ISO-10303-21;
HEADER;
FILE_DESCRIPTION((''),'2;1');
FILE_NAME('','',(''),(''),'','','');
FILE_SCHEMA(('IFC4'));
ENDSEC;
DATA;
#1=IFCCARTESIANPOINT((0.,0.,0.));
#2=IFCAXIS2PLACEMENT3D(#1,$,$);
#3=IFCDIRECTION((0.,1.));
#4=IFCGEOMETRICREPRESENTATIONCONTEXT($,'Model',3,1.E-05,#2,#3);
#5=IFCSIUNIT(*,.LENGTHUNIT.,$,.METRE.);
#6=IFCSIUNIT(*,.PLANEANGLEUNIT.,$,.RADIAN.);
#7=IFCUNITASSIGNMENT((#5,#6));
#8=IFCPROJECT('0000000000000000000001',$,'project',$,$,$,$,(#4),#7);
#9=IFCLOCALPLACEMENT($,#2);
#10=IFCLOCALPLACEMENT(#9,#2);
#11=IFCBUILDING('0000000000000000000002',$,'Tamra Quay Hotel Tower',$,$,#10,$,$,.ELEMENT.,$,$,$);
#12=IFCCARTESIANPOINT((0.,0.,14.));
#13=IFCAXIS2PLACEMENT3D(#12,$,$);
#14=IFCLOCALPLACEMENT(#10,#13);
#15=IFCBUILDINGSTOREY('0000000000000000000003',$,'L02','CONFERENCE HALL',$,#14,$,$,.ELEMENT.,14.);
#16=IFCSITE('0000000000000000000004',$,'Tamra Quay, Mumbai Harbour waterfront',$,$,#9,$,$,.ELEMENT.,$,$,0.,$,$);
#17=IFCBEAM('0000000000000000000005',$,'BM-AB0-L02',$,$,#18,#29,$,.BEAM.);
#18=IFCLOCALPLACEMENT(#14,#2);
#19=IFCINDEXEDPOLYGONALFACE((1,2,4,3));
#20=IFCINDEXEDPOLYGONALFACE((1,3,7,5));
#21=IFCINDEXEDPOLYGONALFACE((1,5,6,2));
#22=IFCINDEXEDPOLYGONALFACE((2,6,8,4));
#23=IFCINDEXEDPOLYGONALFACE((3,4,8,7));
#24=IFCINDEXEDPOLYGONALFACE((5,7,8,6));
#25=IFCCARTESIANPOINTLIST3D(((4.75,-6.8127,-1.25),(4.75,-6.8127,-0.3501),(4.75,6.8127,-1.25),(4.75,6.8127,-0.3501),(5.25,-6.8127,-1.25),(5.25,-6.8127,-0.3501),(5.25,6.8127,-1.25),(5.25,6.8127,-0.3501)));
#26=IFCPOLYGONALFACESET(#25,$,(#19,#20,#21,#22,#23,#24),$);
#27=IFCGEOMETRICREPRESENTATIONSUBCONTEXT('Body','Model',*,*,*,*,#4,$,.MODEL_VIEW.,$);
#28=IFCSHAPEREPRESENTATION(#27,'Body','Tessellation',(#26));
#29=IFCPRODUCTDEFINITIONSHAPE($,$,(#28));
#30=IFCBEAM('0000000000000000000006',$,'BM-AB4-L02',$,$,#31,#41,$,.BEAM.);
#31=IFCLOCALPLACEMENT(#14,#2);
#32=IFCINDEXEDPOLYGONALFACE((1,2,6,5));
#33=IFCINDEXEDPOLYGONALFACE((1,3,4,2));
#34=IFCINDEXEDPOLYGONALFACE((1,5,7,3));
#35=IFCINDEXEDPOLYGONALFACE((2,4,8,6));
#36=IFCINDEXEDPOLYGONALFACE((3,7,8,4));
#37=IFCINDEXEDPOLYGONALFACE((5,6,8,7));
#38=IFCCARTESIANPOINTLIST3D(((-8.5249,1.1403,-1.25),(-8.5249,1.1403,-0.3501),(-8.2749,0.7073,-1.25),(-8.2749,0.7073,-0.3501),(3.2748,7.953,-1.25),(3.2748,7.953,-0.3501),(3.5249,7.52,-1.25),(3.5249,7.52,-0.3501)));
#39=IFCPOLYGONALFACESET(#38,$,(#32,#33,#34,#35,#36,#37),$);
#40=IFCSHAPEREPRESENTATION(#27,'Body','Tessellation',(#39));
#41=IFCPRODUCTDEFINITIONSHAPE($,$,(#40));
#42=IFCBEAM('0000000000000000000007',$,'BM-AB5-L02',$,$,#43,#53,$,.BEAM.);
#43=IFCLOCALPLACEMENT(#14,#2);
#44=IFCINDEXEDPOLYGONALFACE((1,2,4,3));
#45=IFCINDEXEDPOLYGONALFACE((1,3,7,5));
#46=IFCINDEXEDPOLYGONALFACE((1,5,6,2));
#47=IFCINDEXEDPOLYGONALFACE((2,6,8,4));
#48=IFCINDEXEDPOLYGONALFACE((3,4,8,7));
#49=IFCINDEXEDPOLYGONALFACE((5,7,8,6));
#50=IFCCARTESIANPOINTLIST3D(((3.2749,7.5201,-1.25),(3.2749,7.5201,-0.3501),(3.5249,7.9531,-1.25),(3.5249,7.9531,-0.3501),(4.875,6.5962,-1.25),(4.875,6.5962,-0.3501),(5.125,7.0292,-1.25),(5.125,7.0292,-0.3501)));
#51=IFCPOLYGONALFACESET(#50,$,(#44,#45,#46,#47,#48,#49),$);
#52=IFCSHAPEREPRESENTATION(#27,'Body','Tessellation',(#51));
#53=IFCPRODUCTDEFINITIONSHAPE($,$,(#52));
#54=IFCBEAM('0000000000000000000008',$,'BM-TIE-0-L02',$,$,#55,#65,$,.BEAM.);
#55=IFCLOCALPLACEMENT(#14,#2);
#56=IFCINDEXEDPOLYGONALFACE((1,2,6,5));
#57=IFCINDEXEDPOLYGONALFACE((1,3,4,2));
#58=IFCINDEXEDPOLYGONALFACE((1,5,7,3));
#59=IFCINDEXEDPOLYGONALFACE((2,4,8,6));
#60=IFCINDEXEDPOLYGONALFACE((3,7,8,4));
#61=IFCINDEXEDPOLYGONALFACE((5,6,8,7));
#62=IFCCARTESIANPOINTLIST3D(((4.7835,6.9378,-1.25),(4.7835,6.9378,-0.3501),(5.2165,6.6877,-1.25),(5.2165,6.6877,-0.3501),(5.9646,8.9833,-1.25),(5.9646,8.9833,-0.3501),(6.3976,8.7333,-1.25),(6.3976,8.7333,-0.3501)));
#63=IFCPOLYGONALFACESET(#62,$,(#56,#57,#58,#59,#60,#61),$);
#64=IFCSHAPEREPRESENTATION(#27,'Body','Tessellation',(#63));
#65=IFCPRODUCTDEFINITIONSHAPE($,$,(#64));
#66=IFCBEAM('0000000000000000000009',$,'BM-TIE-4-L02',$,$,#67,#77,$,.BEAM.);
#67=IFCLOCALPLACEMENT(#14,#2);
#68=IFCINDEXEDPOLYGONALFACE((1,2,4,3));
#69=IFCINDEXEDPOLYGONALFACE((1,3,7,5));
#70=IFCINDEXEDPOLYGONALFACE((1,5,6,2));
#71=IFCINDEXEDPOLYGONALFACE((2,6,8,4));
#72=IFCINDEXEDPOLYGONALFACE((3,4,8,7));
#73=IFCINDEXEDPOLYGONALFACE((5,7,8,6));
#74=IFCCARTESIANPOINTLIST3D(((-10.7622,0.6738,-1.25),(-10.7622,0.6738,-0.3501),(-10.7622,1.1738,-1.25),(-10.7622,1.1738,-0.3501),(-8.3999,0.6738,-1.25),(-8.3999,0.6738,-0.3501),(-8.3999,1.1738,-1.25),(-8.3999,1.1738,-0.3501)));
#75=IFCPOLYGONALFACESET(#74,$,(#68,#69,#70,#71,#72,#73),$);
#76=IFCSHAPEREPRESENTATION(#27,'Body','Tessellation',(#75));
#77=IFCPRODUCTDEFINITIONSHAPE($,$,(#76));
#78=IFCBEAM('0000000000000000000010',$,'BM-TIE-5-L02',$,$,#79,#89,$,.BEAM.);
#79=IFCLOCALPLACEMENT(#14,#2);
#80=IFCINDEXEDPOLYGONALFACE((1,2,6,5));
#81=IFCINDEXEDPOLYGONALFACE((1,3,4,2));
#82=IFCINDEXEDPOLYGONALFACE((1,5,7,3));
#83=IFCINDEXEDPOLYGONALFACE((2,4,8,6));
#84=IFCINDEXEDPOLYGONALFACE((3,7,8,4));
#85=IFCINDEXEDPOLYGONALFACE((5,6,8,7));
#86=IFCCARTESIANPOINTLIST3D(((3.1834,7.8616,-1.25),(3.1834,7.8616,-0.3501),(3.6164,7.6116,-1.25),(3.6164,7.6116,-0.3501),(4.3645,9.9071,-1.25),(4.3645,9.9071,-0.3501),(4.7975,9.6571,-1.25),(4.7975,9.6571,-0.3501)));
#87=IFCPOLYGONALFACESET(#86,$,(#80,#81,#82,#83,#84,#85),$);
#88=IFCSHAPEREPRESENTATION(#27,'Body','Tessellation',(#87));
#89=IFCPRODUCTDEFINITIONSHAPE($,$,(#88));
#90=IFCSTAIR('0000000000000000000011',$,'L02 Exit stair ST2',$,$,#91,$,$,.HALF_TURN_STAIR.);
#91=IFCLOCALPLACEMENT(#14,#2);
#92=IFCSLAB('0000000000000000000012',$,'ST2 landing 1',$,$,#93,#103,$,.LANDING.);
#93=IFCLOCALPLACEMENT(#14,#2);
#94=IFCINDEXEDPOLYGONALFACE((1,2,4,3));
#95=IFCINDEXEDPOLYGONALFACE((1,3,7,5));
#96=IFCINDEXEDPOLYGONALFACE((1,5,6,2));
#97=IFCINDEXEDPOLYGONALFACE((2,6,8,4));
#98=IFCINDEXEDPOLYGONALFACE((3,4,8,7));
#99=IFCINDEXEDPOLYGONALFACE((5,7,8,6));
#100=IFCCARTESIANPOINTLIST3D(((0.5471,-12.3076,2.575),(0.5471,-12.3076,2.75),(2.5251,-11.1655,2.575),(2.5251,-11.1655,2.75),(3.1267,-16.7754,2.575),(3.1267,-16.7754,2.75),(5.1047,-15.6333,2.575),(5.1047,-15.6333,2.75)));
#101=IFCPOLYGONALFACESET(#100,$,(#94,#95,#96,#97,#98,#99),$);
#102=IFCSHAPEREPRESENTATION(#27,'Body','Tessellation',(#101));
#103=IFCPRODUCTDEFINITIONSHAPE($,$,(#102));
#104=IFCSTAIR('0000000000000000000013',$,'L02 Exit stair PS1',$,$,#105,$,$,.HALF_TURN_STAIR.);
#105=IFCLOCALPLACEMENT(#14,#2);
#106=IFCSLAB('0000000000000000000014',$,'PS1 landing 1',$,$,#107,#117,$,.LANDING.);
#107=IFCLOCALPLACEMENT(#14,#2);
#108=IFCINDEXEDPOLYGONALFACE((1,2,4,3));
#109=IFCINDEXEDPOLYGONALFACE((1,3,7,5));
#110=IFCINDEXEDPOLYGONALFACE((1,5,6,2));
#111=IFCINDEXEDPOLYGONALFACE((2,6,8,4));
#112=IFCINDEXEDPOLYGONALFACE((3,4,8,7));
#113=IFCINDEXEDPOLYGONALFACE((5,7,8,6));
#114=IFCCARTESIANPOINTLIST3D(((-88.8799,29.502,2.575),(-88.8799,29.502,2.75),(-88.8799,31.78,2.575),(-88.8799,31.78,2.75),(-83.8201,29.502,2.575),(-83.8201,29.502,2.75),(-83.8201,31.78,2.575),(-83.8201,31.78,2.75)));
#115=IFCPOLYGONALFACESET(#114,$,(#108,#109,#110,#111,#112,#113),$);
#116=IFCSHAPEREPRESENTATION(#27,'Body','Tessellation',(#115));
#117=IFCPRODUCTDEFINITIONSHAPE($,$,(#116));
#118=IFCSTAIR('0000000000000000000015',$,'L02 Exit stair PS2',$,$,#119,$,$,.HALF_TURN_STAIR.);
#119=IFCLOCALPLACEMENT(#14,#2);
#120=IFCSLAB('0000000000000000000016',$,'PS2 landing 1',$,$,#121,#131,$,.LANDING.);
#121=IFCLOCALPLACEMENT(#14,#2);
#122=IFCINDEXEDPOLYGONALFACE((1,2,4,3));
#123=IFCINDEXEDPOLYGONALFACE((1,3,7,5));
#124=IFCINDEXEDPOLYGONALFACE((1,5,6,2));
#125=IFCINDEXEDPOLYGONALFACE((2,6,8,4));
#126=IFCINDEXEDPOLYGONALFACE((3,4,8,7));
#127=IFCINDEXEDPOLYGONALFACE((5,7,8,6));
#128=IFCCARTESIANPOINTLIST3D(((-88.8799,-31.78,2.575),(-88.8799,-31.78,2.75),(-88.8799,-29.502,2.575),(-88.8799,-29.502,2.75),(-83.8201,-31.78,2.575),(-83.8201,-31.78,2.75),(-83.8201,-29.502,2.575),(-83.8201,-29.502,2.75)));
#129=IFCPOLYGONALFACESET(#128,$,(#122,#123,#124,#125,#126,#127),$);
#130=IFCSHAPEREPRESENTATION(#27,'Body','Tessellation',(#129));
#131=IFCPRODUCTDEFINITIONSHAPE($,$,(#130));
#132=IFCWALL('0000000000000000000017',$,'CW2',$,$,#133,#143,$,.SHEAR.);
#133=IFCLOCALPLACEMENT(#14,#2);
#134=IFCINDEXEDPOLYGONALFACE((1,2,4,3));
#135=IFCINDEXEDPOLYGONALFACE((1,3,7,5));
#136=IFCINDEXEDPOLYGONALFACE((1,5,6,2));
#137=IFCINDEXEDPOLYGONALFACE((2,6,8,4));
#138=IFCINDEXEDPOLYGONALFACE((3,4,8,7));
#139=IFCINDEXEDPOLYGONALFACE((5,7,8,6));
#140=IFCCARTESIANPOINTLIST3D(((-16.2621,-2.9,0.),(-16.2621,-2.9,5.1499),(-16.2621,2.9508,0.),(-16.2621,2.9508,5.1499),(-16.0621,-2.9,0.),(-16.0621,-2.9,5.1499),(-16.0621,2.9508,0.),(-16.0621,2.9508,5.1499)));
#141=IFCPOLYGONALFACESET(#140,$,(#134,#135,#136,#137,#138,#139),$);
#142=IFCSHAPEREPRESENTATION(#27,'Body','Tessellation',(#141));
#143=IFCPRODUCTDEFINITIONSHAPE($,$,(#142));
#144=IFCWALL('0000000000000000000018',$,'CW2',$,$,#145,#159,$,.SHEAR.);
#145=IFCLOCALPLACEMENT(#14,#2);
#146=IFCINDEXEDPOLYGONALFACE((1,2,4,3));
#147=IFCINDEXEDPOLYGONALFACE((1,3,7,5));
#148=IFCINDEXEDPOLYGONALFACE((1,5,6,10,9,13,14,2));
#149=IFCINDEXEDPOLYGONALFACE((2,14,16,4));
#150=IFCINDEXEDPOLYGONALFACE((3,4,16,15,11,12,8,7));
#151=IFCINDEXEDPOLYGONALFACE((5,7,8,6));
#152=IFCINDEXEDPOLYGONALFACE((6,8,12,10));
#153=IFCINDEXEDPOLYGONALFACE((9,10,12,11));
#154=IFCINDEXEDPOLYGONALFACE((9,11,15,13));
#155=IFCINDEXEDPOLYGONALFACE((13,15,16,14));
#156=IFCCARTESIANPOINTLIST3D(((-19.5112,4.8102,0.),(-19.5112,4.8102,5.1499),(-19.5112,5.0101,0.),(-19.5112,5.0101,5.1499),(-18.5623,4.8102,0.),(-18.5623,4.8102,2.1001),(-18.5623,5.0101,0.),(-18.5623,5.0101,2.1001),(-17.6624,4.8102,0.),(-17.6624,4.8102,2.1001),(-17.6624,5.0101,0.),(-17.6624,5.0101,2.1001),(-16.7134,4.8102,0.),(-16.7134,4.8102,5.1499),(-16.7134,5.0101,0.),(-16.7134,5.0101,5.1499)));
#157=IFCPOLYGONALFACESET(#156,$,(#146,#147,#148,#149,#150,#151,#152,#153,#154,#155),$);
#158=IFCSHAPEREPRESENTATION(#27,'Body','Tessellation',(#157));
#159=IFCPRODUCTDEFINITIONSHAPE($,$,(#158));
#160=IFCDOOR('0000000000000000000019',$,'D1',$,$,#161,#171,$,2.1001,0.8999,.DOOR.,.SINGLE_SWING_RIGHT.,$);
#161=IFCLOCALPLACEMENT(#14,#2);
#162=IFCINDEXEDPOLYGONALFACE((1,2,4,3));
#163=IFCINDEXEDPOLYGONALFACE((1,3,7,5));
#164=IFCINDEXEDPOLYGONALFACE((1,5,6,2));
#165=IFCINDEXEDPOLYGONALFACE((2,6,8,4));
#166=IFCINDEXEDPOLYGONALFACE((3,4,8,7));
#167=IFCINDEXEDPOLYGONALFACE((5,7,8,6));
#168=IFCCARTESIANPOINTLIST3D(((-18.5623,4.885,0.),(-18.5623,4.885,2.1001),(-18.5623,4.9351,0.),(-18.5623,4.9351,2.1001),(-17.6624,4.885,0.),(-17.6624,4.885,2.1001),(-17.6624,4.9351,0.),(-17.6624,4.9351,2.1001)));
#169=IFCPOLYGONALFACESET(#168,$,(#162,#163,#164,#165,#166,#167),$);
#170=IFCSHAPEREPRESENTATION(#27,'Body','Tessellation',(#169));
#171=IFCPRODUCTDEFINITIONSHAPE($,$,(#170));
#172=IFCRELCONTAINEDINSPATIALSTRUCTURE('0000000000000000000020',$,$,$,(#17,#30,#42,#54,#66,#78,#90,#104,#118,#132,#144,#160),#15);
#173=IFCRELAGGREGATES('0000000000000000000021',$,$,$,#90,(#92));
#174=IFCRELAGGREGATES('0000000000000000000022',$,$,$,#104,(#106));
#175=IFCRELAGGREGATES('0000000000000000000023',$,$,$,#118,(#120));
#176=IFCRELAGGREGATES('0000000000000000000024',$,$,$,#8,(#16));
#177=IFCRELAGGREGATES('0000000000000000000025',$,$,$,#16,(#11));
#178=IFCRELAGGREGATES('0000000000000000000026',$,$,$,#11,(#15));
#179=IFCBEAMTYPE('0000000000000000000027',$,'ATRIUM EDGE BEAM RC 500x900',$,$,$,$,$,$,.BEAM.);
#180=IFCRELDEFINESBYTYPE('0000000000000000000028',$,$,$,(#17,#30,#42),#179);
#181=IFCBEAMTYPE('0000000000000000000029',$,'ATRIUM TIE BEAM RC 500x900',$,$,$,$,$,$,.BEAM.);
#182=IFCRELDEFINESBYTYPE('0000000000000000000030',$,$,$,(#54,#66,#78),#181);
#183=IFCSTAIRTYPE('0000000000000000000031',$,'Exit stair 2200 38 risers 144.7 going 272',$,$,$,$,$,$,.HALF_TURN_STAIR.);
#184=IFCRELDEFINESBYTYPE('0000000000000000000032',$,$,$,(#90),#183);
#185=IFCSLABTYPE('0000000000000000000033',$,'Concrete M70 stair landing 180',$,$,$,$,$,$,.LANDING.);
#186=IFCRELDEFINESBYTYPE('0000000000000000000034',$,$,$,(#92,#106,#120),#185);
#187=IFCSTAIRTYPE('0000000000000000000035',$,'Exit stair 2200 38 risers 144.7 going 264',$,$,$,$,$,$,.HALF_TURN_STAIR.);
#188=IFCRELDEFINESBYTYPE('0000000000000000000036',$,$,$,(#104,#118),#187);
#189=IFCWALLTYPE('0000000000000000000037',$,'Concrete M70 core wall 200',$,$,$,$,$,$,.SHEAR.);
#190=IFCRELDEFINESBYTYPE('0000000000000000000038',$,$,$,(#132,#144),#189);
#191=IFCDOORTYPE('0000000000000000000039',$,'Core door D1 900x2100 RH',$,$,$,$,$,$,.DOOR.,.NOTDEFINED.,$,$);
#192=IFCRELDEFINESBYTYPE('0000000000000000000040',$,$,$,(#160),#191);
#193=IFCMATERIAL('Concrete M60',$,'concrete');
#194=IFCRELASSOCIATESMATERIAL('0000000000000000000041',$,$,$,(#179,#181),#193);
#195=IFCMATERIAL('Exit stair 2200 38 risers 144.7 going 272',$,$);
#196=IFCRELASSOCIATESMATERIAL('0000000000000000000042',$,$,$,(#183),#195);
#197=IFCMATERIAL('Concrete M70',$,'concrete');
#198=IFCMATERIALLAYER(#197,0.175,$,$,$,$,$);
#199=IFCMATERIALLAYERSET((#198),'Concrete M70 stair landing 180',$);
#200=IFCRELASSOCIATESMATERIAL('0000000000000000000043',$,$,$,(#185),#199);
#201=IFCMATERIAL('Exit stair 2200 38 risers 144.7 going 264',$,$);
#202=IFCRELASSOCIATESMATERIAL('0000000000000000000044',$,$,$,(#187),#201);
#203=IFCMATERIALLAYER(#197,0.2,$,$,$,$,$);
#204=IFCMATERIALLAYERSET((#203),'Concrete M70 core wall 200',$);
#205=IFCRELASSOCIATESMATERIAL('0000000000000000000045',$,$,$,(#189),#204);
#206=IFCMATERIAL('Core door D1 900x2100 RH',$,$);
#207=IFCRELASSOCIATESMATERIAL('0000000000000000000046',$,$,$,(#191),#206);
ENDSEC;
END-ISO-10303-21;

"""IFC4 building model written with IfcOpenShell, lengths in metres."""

from ifc_helpers import new_model, si_unit, direction, frame, frame_2d, origin, origin_2d, place, context, subcontext, project, spatial, polyline, rectangle, outline, extrude, material, layer, layer_set, material_profile, profile_set, type_object, element, fill, aggregate, save


model = new_model("IFC4")

# Units and contexts
model_context = context("Model", 3, precision=1e-05, world=origin(), true_north=direction((0.0, 1.0)))
body_context = subcontext(model_context, "Body", "Model", "MODEL_VIEW")
ifc_project = project(units=[si_unit("LENGTHUNIT", "METRE"), si_unit("PLANEANGLEUNIT", "RADIAN")], contexts=[model_context])

# Site, building, storey
site_placement = place(None, origin())
site = spatial("IfcSite", under=ifc_project, at=site_placement, Name="Tamra Quay, Mumbai Harbour waterfront", CompositionType="ELEMENT", RefElevation=0.0)
building_placement = place(site_placement, origin())
building = spatial("IfcBuilding", under=site, at=building_placement, Name="Tamra Quay Hotel Tower", CompositionType="ELEMENT")
storey_placement = place(building_placement, frame((0.0, 0.0, 14.0)))
storey = spatial("IfcBuildingStorey", under=building, at=storey_placement, Name="L02", Description="CONFERENCE HALL", CompositionType="ELEMENT", Elevation=14.0)

# Beams
ifc_material_1 = material(Name="Concrete M60", Category="concrete")
ifc_material_profile_1 = material_profile(ifc_material_1, rectangle(XDim=0.5, YDim=0.8999, at=origin_2d()), Name="ATRIUM EDGE BEAM RC 500x900")
ifc_profile_set_1 = profile_set([ifc_material_profile_1], Name="Concrete M60")
beam_type_1 = type_object("IfcBeamType", Name="ATRIUM EDGE BEAM RC 500x900", PredefinedType="BEAM", material=ifc_profile_set_1)
beam_1_placement = place(storey_placement, frame((5.0, 6.8127, -0.8), z_axis=(0.0, -1.0, 0.0), x_axis=(1.0, 0.0, 0.0)))
element("IfcBeam", 1, at=beam_1_placement, inside=storey, type_object=beam_type_1, Name="BM-AB0-L02", PredefinedType="BEAM", context=body_context, shape_type="SweptSolid", body=[
    extrude(rectangle(XDim=0.5, YDim=0.8999, at=origin_2d()), origin(), (0.0, 0.0, 1.0), 13.6255),
])
beam_2_placement = place(storey_placement, frame((-8.3999, 0.9238, -0.8), z_axis=(0.866021, 0.500007, 0.0), x_axis=(-0.500007, 0.866021, 0.0)))
element("IfcBeam", 2, at=beam_2_placement, inside=storey, type_object=beam_type_1, Name="BM-AB4-L02", PredefinedType="BEAM", context=body_context, shape_type="SweptSolid", body=[
    extrude(rectangle(XDim=0.5, YDim=0.8999, at=origin_2d()), origin(), (0.0, 0.0, 1.0), 13.6252),
])
beam_3_placement = place(storey_placement, frame((3.3999, 7.7366, -0.8), z_axis=(0.866023, -0.500005, 0.0), x_axis=(0.500005, 0.866023, 0.0)))
element("IfcBeam", 3, at=beam_3_placement, inside=storey, type_object=beam_type_1, Name="BM-AB5-L02", PredefinedType="BEAM", context=body_context, shape_type="SweptSolid", body=[
    extrude(rectangle(XDim=0.5, YDim=0.8999, at=origin_2d()), origin(), (0.0, 0.0, 1.0), 1.8477),
])
ifc_material_profile_2 = material_profile(ifc_material_1, rectangle(XDim=0.5, YDim=0.8999, at=origin_2d()), Name="ATRIUM TIE BEAM RC 500x900")
ifc_profile_set_2 = profile_set([ifc_material_profile_2], Name="Concrete M60")
beam_type_2 = type_object("IfcBeamType", Name="ATRIUM TIE BEAM RC 500x900", PredefinedType="BEAM", material=ifc_profile_set_2)
beam_4_placement = place(storey_placement, frame((5.0, 6.8127, -0.8), z_axis=(0.50003, 0.866008, 0.0), x_axis=(-0.866008, 0.50003, 0.0)))
element("IfcBeam", 4, at=beam_4_placement, inside=storey, type_object=beam_type_2, Name="BM-TIE-0-L02", PredefinedType="BEAM", context=body_context, shape_type="SweptSolid", body=[
    extrude(rectangle(XDim=0.5, YDim=0.8999, at=origin_2d()), origin(), (0.0, 0.0, 1.0), 2.3621),
])
beam_5_placement = place(storey_placement, frame((-8.3999, 0.9238, -0.8), z_axis=(-1.0, 0.0, 0.0), x_axis=(0.0, -1.0, 0.0)))
element("IfcBeam", 5, at=beam_5_placement, inside=storey, type_object=beam_type_2, Name="BM-TIE-4-L02", PredefinedType="BEAM", context=body_context, shape_type="SweptSolid", body=[
    extrude(rectangle(XDim=0.5, YDim=0.8999, at=origin_2d()), origin(), (0.0, 0.0, 1.0), 2.3623),
])
beam_6_placement = place(storey_placement, frame((3.3999, 7.7366, -0.8), z_axis=(0.50003, 0.866008, 0.0), x_axis=(-0.866008, 0.50003, 0.0)))
element("IfcBeam", 6, at=beam_6_placement, inside=storey, type_object=beam_type_2, Name="BM-TIE-5-L02", PredefinedType="BEAM", context=body_context, shape_type="SweptSolid", body=[
    extrude(rectangle(XDim=0.5, YDim=0.8999, at=origin_2d()), origin(), (0.0, 0.0, 1.0), 2.3621),
])

# Stairs, slabs
ifc_material_2 = material(Name="Exit stair 2200 38 risers 144.7 going 272")
stair_type_1 = type_object("IfcStairType", Name="Exit stair 2200 38 risers 144.7 going 272", PredefinedType="HALF_TURN_STAIR", material=ifc_material_2)
stair_1_placement = place(storey_placement, origin())
stair_1 = element("IfcStair", 7, at=stair_1_placement, inside=storey, type_object=stair_type_1, Name="L02 Exit stair ST2", PredefinedType="HALF_TURN_STAIR")
ifc_material_3 = material(Name="Concrete M70", Category="concrete")
ifc_layer_1 = layer(ifc_material_3, 0.175)
ifc_layer_set_1 = layer_set([ifc_layer_1], Name="Concrete M70 stair landing 180")
slab_type = type_object("IfcSlabType", Name="Concrete M70 stair landing 180", PredefinedType="LANDING", material=ifc_layer_set_1)
slab_1_placement = place(storey_placement, frame((0.0, 0.0, 2.575)))
slab_1 = element("IfcSlab", 8, at=slab_1_placement, type_object=slab_type, Name="ST2 landing 1", PredefinedType="LANDING", context=body_context, shape_type="SweptSolid", body=[
    extrude(outline(polyline([(2.5251, -11.1655), (0.5471, -12.3076), (3.1267, -16.7754), (5.1047, -15.6333), (2.5251, -11.1655)])), origin(), (0.0, 0.0, 1.0), 0.175),
])
aggregate(stair_1, [slab_1])
ifc_material_4 = material(Name="Exit stair 2200 38 risers 144.7 going 264")
stair_type_2 = type_object("IfcStairType", Name="Exit stair 2200 38 risers 144.7 going 264", PredefinedType="HALF_TURN_STAIR", material=ifc_material_4)
stair_2_placement = place(storey_placement, origin())
stair_2 = element("IfcStair", 9, at=stair_2_placement, inside=storey, type_object=stair_type_2, Name="L02 Exit stair PS1", PredefinedType="HALF_TURN_STAIR")
slab_2_placement = place(storey_placement, frame((0.0, 0.0, 2.575)))
slab_2 = element("IfcSlab", 10, at=slab_2_placement, type_object=slab_type, Name="PS1 landing 1", PredefinedType="LANDING", context=body_context, shape_type="SweptSolid", body=[
    extrude(outline(polyline([(-83.8201, 29.502), (-83.8201, 31.78), (-88.8799, 31.78), (-88.8799, 29.502), (-83.8201, 29.502)])), origin(), (0.0, 0.0, 1.0), 0.175),
])
aggregate(stair_2, [slab_2])
stair_3_placement = place(storey_placement, origin())
stair_3 = element("IfcStair", 11, at=stair_3_placement, inside=storey, type_object=stair_type_2, Name="L02 Exit stair PS2", PredefinedType="HALF_TURN_STAIR")
slab_3_placement = place(storey_placement, frame((0.0, 0.0, 2.575)))
slab_3 = element("IfcSlab", 12, at=slab_3_placement, type_object=slab_type, Name="PS2 landing 1", PredefinedType="LANDING", context=body_context, shape_type="SweptSolid", body=[
    extrude(outline(polyline([(-88.8799, -29.502), (-88.8799, -31.78), (-83.8201, -31.78), (-83.8201, -29.502), (-88.8799, -29.502)])), origin(), (0.0, 0.0, 1.0), 0.175),
])
aggregate(stair_3, [slab_3])

# Wall
ifc_layer_2 = layer(ifc_material_3, 0.2)
ifc_layer_set_2 = layer_set([ifc_layer_2], Name="Concrete M70 core wall 200")
wall_type_1 = type_object("IfcWallType", Name="Concrete M70 core wall 200", PredefinedType="SHEAR", material=ifc_layer_set_2)
wall_1_placement = place(storey_placement, frame((-16.1621, 2.9507, 0.0), z_axis=(0.0, 0.0, 1.0), x_axis=(0.0, -1.0, 0.0)))
element("IfcWall", 13, at=wall_1_placement, inside=storey, type_object=wall_type_1, Name="CW2", PredefinedType="SHEAR", context=body_context, shape_type="SweptSolid", body=[
    extrude(rectangle(XDim=5.8508, YDim=0.2, at=frame_2d((2.9253, 0.0))), origin(), (0.0, 0.0, 1.0), 5.1499),
])

# Wall, opening, door
wall_2_placement = place(storey_placement, frame((-19.5112, 4.9102, 0.0), z_axis=(0.0, 0.0, 1.0), x_axis=(1.0, 0.0, 0.0)))
wall_2 = element("IfcWall", 14, at=wall_2_placement, inside=storey, type_object=wall_type_1, Name="CW2", PredefinedType="SHEAR", context=body_context, shape_type="SweptSolid", body=[
    extrude(rectangle(XDim=2.7979, YDim=0.2, at=frame_2d((1.3989, 0.0))), origin(), (0.0, 0.0, 1.0), 5.1499),
])
opening_1_placement = place(wall_2_placement, frame((0.949, 0.0, 0.0)))
opening_1 = element("IfcOpeningElement", 15, at=opening_1_placement, cuts=wall_2, PredefinedType="OPENING", context=body_context, shape_type="SweptSolid", body=[
    extrude(rectangle(XDim=0.8999, YDim=2.1001, at=frame_2d((0.45, 1.05))), frame((0.0, 0.1099, 0.0), z_axis=(0.0, -1.0, 0.0), x_axis=(1.0, 0.0, 0.0)), (0.0, 0.0, 1.0), 0.22),
])
ifc_material_5 = material(Name="Core door D1 900x2100 RH")
door_type_1 = type_object("IfcDoorType", Name="Core door D1 900x2100 RH", OperationType="NOTDEFINED", PredefinedType="DOOR", material=ifc_material_5)
door_1_placement = place(opening_1_placement, origin())
door_1 = element("IfcDoor", 16, at=door_1_placement, inside=storey, type_object=door_type_1, Name="D1", OperationType="SINGLE_SWING_RIGHT", OverallHeight=2.1001, OverallWidth=0.8999, PredefinedType="DOOR", context=body_context, shape_type="SweptSolid", body=[
    extrude(rectangle(XDim=0.8999, YDim=2.1001, at=frame_2d((0.45, 1.05))), frame((0.0, 0.0249, 0.0), z_axis=(0.0, -1.0, 0.0), x_axis=(1.0, 0.0, 0.0)), (0.0, 0.0, 1.0), 0.05),
])
fill(opening_1, door_1)

save(model, "model.ifc")
